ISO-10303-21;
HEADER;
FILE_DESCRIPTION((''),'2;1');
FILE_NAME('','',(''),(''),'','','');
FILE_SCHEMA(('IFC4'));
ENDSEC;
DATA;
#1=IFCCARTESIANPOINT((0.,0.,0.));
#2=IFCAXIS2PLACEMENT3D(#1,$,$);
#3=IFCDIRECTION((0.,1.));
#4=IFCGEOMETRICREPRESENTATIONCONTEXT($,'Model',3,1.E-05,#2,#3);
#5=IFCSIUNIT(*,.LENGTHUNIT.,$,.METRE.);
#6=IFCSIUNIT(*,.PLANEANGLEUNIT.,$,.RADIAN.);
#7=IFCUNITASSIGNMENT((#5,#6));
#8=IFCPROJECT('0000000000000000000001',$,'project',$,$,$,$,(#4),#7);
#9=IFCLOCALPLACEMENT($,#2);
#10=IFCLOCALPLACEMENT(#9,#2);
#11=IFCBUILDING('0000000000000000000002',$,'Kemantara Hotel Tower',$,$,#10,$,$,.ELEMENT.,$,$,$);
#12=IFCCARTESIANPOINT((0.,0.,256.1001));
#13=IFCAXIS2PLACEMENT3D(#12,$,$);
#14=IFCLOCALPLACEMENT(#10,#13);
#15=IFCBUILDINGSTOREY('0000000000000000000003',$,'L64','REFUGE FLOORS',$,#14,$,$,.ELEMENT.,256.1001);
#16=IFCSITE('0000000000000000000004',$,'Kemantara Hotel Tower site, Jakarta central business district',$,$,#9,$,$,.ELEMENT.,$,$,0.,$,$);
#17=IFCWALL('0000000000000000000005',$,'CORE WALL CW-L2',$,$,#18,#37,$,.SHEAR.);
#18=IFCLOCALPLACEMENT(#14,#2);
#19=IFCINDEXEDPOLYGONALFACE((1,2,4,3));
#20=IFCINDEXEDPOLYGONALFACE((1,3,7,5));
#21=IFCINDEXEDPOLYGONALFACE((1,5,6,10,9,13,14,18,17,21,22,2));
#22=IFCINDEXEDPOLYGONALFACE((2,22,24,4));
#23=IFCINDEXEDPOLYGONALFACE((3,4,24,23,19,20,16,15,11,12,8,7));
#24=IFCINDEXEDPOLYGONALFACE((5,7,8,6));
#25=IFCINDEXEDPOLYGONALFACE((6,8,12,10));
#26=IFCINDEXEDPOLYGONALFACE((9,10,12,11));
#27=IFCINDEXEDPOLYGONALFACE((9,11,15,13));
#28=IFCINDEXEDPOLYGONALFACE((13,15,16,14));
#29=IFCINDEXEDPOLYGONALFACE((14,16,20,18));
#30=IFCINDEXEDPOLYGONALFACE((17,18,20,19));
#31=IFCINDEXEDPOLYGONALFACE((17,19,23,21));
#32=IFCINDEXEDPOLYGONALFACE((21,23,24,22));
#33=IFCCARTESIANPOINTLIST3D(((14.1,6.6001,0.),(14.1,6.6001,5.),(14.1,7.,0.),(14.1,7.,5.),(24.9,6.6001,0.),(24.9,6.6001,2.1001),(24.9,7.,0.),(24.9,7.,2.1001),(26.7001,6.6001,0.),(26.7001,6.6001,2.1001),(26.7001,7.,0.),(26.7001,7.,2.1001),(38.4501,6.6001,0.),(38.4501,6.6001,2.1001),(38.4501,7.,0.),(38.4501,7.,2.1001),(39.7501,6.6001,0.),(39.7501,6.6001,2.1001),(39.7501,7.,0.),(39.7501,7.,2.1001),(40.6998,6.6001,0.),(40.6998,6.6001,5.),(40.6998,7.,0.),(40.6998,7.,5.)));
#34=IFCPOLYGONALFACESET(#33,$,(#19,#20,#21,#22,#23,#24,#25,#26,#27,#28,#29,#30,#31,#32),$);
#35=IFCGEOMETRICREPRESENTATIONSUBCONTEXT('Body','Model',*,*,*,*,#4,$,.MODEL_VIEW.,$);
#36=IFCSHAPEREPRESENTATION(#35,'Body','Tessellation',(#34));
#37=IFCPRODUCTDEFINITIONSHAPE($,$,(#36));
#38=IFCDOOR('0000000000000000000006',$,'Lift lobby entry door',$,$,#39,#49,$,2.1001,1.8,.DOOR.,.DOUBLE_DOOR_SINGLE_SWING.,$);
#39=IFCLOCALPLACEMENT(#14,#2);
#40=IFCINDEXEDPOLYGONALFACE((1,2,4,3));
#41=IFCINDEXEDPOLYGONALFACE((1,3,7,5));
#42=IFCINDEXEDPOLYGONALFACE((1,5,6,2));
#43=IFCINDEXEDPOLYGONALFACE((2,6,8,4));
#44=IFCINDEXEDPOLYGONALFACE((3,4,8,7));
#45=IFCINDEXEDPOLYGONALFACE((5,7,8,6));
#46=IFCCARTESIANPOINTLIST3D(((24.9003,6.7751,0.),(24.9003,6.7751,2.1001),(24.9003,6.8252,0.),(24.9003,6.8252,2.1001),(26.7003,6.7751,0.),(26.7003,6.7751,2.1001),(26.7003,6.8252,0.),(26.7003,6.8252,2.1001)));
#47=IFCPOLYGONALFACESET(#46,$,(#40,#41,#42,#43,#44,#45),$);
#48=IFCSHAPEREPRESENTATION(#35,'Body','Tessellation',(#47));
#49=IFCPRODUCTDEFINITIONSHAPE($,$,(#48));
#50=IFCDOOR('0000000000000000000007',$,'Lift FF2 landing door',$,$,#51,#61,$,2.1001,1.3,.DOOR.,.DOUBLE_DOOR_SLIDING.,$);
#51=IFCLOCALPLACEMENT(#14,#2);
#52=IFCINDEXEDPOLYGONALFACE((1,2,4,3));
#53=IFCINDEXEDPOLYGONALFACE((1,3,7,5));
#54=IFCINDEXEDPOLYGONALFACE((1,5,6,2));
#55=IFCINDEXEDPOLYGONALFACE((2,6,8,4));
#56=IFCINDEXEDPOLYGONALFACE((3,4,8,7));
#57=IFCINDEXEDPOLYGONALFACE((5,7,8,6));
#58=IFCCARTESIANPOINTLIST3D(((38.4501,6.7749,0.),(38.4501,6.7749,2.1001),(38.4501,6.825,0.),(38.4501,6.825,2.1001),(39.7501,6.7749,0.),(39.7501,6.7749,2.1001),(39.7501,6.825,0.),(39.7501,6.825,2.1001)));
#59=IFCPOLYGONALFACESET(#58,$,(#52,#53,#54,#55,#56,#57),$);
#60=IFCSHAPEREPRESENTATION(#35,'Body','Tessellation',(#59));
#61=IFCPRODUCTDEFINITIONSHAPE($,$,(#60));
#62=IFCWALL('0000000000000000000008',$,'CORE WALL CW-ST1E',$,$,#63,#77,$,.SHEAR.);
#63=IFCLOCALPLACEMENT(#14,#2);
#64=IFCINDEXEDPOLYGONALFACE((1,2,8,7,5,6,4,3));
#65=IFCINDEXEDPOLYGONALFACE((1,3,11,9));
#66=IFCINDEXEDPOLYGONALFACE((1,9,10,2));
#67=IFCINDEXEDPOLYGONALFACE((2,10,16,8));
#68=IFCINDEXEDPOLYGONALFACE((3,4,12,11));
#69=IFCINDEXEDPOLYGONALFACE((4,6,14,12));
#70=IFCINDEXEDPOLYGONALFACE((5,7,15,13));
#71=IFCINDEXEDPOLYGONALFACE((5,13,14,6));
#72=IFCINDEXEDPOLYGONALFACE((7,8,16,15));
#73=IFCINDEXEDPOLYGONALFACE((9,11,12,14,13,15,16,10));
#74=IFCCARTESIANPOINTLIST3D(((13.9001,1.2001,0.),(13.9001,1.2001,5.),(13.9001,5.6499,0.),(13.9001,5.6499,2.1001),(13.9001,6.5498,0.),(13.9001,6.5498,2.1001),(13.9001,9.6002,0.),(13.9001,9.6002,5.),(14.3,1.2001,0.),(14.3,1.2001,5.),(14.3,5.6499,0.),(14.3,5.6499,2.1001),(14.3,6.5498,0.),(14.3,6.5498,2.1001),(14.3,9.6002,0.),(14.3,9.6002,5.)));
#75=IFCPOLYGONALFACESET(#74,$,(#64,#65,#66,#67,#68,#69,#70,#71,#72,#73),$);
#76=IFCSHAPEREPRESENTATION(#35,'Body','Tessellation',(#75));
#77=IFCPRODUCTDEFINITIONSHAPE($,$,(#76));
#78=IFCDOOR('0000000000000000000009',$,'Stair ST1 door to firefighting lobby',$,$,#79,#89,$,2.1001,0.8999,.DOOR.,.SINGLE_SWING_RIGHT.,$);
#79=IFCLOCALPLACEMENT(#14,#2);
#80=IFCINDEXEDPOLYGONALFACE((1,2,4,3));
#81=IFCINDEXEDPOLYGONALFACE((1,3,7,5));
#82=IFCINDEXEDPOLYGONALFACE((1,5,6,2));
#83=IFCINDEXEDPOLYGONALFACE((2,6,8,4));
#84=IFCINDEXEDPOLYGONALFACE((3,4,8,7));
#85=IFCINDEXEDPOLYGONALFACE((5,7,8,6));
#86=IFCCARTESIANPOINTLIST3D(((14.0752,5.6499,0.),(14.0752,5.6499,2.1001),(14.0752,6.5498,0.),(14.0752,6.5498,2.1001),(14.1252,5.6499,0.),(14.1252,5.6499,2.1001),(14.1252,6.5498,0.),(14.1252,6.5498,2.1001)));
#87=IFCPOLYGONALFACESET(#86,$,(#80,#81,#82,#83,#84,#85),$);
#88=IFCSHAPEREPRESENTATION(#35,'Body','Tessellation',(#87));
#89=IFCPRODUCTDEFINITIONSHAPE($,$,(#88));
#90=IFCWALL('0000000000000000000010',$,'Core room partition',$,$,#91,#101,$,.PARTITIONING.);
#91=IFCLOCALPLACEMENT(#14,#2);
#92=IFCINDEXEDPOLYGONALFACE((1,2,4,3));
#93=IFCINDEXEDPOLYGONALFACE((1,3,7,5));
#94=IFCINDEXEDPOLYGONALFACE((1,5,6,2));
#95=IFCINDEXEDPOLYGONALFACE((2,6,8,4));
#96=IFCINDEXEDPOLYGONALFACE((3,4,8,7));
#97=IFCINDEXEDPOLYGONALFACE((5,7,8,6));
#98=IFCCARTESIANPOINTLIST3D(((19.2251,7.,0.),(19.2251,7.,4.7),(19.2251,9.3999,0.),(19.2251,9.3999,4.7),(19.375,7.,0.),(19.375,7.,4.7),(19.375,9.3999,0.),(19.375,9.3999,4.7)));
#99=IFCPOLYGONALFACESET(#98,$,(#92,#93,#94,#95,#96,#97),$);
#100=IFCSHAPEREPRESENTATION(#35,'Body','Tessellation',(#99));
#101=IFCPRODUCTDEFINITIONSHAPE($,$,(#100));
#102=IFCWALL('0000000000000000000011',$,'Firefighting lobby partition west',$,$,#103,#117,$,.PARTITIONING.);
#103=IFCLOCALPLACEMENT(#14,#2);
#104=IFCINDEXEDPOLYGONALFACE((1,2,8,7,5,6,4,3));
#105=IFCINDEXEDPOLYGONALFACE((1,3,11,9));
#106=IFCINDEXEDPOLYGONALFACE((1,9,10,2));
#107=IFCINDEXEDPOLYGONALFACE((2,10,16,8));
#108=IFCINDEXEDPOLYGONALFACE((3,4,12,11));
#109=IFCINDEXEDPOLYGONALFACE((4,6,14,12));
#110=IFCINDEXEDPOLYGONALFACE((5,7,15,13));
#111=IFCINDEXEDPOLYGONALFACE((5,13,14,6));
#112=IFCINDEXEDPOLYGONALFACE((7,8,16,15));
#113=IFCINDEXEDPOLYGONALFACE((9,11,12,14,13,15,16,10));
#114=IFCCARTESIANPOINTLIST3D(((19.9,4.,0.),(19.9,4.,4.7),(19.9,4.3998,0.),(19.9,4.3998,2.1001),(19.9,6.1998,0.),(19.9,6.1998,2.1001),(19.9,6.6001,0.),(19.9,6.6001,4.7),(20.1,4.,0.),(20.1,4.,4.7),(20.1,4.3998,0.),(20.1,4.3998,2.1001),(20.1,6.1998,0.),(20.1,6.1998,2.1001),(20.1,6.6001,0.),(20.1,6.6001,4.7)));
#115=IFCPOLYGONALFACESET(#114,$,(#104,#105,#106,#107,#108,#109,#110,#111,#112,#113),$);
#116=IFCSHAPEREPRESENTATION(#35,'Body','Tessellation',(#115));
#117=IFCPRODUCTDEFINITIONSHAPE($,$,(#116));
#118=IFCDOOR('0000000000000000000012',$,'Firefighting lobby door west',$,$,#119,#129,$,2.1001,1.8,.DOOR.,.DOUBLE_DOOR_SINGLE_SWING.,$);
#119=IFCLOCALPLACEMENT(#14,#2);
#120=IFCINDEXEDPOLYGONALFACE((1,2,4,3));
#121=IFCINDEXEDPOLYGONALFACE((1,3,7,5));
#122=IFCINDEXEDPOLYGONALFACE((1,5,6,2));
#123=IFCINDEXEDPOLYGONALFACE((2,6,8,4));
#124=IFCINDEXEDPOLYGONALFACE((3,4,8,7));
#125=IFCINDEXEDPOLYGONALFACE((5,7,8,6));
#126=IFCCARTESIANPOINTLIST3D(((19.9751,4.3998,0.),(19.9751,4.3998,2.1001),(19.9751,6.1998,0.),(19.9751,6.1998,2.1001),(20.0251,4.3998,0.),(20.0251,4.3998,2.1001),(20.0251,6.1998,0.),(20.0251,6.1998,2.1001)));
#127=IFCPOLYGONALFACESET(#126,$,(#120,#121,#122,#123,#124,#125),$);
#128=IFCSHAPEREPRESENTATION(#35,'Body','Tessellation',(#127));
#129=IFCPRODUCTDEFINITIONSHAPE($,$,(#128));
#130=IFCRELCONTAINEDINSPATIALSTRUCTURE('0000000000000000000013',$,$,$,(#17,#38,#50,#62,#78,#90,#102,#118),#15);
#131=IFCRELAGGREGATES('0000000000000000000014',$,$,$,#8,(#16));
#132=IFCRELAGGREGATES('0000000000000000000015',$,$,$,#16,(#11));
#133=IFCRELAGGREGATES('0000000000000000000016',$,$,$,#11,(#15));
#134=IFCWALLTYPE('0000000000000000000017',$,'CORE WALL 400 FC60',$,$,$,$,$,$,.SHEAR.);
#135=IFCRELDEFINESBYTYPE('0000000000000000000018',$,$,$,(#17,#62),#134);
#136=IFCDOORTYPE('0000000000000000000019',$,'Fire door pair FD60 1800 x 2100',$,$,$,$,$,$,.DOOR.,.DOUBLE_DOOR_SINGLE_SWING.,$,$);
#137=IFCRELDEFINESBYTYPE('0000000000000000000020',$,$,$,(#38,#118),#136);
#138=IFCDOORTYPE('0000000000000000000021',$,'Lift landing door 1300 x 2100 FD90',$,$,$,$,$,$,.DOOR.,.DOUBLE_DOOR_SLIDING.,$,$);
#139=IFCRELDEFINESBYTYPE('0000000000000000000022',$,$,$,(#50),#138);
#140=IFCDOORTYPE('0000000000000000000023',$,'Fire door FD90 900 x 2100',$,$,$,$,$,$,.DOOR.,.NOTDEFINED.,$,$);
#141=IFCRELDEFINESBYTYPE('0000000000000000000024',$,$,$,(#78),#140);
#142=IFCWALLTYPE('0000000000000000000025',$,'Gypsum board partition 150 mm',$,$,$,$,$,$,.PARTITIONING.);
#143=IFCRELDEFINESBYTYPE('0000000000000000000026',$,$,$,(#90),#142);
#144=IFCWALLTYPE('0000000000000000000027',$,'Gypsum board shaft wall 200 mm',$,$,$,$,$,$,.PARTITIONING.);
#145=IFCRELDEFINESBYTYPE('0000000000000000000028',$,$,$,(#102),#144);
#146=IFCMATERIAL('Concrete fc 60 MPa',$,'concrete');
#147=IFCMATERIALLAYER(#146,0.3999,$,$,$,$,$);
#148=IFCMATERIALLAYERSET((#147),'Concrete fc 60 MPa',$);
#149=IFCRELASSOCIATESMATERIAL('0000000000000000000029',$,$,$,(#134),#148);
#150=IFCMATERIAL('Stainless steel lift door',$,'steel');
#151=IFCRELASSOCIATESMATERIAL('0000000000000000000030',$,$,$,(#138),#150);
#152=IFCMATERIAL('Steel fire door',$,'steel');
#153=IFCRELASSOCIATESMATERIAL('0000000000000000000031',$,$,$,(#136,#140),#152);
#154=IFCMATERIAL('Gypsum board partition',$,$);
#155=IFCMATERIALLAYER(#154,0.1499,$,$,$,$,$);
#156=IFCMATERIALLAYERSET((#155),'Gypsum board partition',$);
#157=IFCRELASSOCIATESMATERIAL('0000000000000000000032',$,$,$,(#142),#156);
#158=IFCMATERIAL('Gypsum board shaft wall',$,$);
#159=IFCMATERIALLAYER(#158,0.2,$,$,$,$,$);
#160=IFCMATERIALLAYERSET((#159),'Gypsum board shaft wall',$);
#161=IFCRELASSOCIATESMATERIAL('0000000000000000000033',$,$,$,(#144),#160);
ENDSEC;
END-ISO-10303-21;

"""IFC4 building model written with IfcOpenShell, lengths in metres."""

from ifc_helpers import new_model, si_unit, direction, frame, frame_2d, origin, place, context, subcontext, project, spatial, rectangle, extrude, material, layer, layer_set, type_object, element, fill, save


model = new_model("IFC4")

# Units and contexts
model_context = context("Model", 3, precision=1e-05, world=origin(), true_north=direction((0.0, 1.0)))
body_context = subcontext(model_context, "Body", "Model", "MODEL_VIEW")
ifc_project = project(units=[si_unit("LENGTHUNIT", "METRE"), si_unit("PLANEANGLEUNIT", "RADIAN")], contexts=[model_context])

# Site, building, storey
site_placement = place(None, origin())
site = spatial("IfcSite", under=ifc_project, at=site_placement, Name="Kemantara Hotel Tower site, Jakarta central business district", CompositionType="ELEMENT", RefElevation=0.0)
building_placement = place(site_placement, origin())
building = spatial("IfcBuilding", under=site, at=building_placement, Name="Kemantara Hotel Tower", CompositionType="ELEMENT")
storey_placement = place(building_placement, frame((0.0, 0.0, 256.1001)))
storey = spatial("IfcBuildingStorey", under=building, at=storey_placement, Name="L64", Description="REFUGE FLOORS", CompositionType="ELEMENT", Elevation=256.1001)

# Shared definitions
ifc_material_1 = material(Name="Concrete fc 60 MPa", Category="concrete")

# Wall, openings, doors
ifc_layer_1 = layer(ifc_material_1, 0.3999)
ifc_layer_set_1 = layer_set([ifc_layer_1], Name="Concrete fc 60 MPa")
wall_type_1 = type_object("IfcWallType", Name="CORE WALL 400 FC60", PredefinedType="SHEAR", material=ifc_layer_set_1)
ifc_material_2 = material(Name="Steel fire door", Category="steel")
ifc_material_3 = material(Name="Stainless steel lift door", Category="steel")
door_type_1 = type_object("IfcDoorType", Name="Lift landing door 1300 x 2100 FD90", OperationType="DOUBLE_DOOR_SLIDING", PredefinedType="DOOR", material=ifc_material_3)
wall_1_placement = place(storey_placement, frame((14.1001, 6.8, 0.0), z_axis=(0.0, 0.0, 1.0), x_axis=(1.0, 0.0, 0.0)))
wall_1 = element("IfcWall", 1, at=wall_1_placement, inside=storey, type_object=wall_type_1, Name="CORE WALL CW-L2", PredefinedType="SHEAR", context=body_context, shape_type="SweptSolid", body=[
    extrude(rectangle(XDim=26.5999, YDim=0.3999, at=frame_2d((13.2998, 0.0))), origin(), (0.0, 0.0, 1.0), 5.0),
])
opening_1_placement = place(wall_1_placement, frame((10.8, 0.0, 0.0)))
opening_1 = element("IfcOpeningElement", 2, at=opening_1_placement, cuts=wall_1, PredefinedType="OPENING", context=body_context, shape_type="SweptSolid", body=[
    extrude(rectangle(XDim=1.8, YDim=2.1001, at=frame_2d((0.8999, 1.05))), frame((0.0, 0.21, 0.0), z_axis=(0.0, -1.0, 0.0), x_axis=(1.0, 0.0, 0.0)), (0.0, 0.0, 1.0), 0.4199),
])
opening_2_placement = place(wall_1_placement, frame((24.3501, 0.0, 0.0)))
opening_2 = element("IfcOpeningElement", 3, at=opening_2_placement, cuts=wall_1, PredefinedType="OPENING", context=body_context, shape_type="SweptSolid", body=[
    extrude(rectangle(XDim=1.3, YDim=2.1001, at=frame_2d((0.6499, 1.05))), frame((0.0, 0.21, 0.0), z_axis=(0.0, -1.0, 0.0), x_axis=(1.0, 0.0, 0.0)), (0.0, 0.0, 1.0), 0.4199),
])
door_type_2 = type_object("IfcDoorType", Name="Fire door pair FD60 1800 x 2100", OperationType="DOUBLE_DOOR_SINGLE_SWING", PredefinedType="DOOR", material=ifc_material_2)
door_1_placement = place(opening_1_placement, frame((1.8, 0.0, 0.0), z_axis=(0.0, 0.0, 1.0), x_axis=(-1.0, 0.0, 0.0)))
door_1 = element("IfcDoor", 4, at=door_1_placement, inside=storey, type_object=door_type_2, Name="Lift lobby entry door", OperationType="DOUBLE_DOOR_SINGLE_SWING", OverallHeight=2.1001, OverallWidth=1.8, PredefinedType="DOOR", context=body_context, shape_type="SweptSolid", body=[
    extrude(rectangle(XDim=1.8, YDim=2.1001, at=frame_2d((0.8999, 1.05))), frame((0.0, 0.0249, 0.0), z_axis=(0.0, -1.0, 0.0), x_axis=(1.0, 0.0, 0.0)), (0.0, 0.0, 1.0), 0.05),
])
fill(opening_1, door_1)
door_2_placement = place(opening_2_placement, origin())
door_2 = element("IfcDoor", 5, at=door_2_placement, inside=storey, type_object=door_type_1, Name="Lift FF2 landing door", OperationType="DOUBLE_DOOR_SLIDING", OverallHeight=2.1001, OverallWidth=1.3, PredefinedType="DOOR", context=body_context, shape_type="SweptSolid", body=[
    extrude(rectangle(XDim=1.3, YDim=2.1001, at=frame_2d((0.6499, 1.05))), frame((0.0, 0.0249, 0.0), z_axis=(0.0, -1.0, 0.0), x_axis=(1.0, 0.0, 0.0)), (0.0, 0.0, 1.0), 0.05),
])
fill(opening_2, door_2)

# Wall, opening, door
wall_2_placement = place(storey_placement, frame((14.1001, 1.2, 0.0), z_axis=(0.0, 0.0, 1.0), x_axis=(0.0, 1.0, 0.0)))
wall_2 = element("IfcWall", 6, at=wall_2_placement, inside=storey, type_object=wall_type_1, Name="CORE WALL CW-ST1E", PredefinedType="SHEAR", context=body_context, shape_type="SweptSolid", body=[
    extrude(rectangle(XDim=8.4001, YDim=0.3999, at=frame_2d((4.2002, 0.0))), origin(), (0.0, 0.0, 1.0), 5.0),
])
opening_3_placement = place(wall_2_placement, frame((4.45, 0.0, 0.0)))
opening_3 = element("IfcOpeningElement", 7, at=opening_3_placement, cuts=wall_2, PredefinedType="OPENING", context=body_context, shape_type="SweptSolid", body=[
    extrude(rectangle(XDim=0.8999, YDim=2.1001, at=frame_2d((0.45, 1.05))), frame((0.0, 0.21, 0.0), z_axis=(0.0, -1.0, 0.0), x_axis=(1.0, 0.0, 0.0)), (0.0, 0.0, 1.0), 0.4199),
])
door_type_3 = type_object("IfcDoorType", Name="Fire door FD90 900 x 2100", OperationType="NOTDEFINED", PredefinedType="DOOR", material=ifc_material_2)
door_3_placement = place(opening_3_placement, origin())
door_3 = element("IfcDoor", 8, at=door_3_placement, inside=storey, type_object=door_type_3, Name="Stair ST1 door to firefighting lobby", OperationType="SINGLE_SWING_RIGHT", OverallHeight=2.1001, OverallWidth=0.8999, PredefinedType="DOOR", context=body_context, shape_type="SweptSolid", body=[
    extrude(rectangle(XDim=0.8999, YDim=2.1001, at=frame_2d((0.45, 1.05))), frame((0.0, 0.0249, 0.0), z_axis=(0.0, -1.0, 0.0), x_axis=(1.0, 0.0, 0.0)), (0.0, 0.0, 1.0), 0.05),
])
fill(opening_3, door_3)

# Wall
ifc_material_4 = material(Name="Gypsum board partition")
ifc_layer_2 = layer(ifc_material_4, 0.1499)
ifc_layer_set_2 = layer_set([ifc_layer_2], Name="Gypsum board partition")
wall_type_2 = type_object("IfcWallType", Name="Gypsum board partition 150 mm", PredefinedType="PARTITIONING", material=ifc_layer_set_2)
wall_3_placement = place(storey_placement, frame((19.3, 7.0, 0.0), z_axis=(0.0, 0.0, 1.0), x_axis=(0.0, 1.0, 0.0)))
element("IfcWall", 9, at=wall_3_placement, inside=storey, type_object=wall_type_2, Name="Core room partition", PredefinedType="PARTITIONING", context=body_context, shape_type="SweptSolid", body=[
    extrude(rectangle(XDim=2.3999, YDim=0.1499, at=frame_2d((1.2, 0.0))), origin(), (0.0, 0.0, 1.0), 4.7),
])

# Wall, opening, door
ifc_material_5 = material(Name="Gypsum board shaft wall")
ifc_layer_3 = layer(ifc_material_5, 0.2)
ifc_layer_set_3 = layer_set([ifc_layer_3], Name="Gypsum board shaft wall")
wall_type_3 = type_object("IfcWallType", Name="Gypsum board shaft wall 200 mm", PredefinedType="PARTITIONING", material=ifc_layer_set_3)
wall_4_placement = place(storey_placement, frame((20.0, 4.0, 0.0), z_axis=(0.0, 0.0, 1.0), x_axis=(0.0, 1.0, 0.0)))
wall_4 = element("IfcWall", 10, at=wall_4_placement, inside=storey, type_object=wall_type_3, Name="Firefighting lobby partition west", PredefinedType="PARTITIONING", context=body_context, shape_type="SweptSolid", body=[
    extrude(rectangle(XDim=2.6001, YDim=0.2, at=frame_2d((1.3, 0.0))), origin(), (0.0, 0.0, 1.0), 4.7),
])
opening_4_placement = place(wall_4_placement, frame((0.3999, 0.0, 0.0)))
opening_4 = element("IfcOpeningElement", 11, at=opening_4_placement, cuts=wall_4, PredefinedType="OPENING", context=body_context, shape_type="SweptSolid", body=[
    extrude(rectangle(XDim=1.8, YDim=2.1001, at=frame_2d((0.8999, 1.05))), frame((0.0, 0.1099, 0.0), z_axis=(0.0, -1.0, 0.0), x_axis=(1.0, 0.0, 0.0)), (0.0, 0.0, 1.0), 0.22),
])
door_4_placement = place(opening_4_placement, origin())
door_4 = element("IfcDoor", 12, at=door_4_placement, inside=storey, type_object=door_type_2, Name="Firefighting lobby door west", OperationType="DOUBLE_DOOR_SINGLE_SWING", OverallHeight=2.1001, OverallWidth=1.8, PredefinedType="DOOR", context=body_context, shape_type="SweptSolid", body=[
    extrude(rectangle(XDim=1.8, YDim=2.1001, at=frame_2d((0.8999, 1.05))), frame((0.0, 0.0249, 0.0), z_axis=(0.0, -1.0, 0.0), x_axis=(1.0, 0.0, 0.0)), (0.0, 0.0, 1.0), 0.05),
])
fill(opening_4, door_4)

save(model, "model.ifc")
